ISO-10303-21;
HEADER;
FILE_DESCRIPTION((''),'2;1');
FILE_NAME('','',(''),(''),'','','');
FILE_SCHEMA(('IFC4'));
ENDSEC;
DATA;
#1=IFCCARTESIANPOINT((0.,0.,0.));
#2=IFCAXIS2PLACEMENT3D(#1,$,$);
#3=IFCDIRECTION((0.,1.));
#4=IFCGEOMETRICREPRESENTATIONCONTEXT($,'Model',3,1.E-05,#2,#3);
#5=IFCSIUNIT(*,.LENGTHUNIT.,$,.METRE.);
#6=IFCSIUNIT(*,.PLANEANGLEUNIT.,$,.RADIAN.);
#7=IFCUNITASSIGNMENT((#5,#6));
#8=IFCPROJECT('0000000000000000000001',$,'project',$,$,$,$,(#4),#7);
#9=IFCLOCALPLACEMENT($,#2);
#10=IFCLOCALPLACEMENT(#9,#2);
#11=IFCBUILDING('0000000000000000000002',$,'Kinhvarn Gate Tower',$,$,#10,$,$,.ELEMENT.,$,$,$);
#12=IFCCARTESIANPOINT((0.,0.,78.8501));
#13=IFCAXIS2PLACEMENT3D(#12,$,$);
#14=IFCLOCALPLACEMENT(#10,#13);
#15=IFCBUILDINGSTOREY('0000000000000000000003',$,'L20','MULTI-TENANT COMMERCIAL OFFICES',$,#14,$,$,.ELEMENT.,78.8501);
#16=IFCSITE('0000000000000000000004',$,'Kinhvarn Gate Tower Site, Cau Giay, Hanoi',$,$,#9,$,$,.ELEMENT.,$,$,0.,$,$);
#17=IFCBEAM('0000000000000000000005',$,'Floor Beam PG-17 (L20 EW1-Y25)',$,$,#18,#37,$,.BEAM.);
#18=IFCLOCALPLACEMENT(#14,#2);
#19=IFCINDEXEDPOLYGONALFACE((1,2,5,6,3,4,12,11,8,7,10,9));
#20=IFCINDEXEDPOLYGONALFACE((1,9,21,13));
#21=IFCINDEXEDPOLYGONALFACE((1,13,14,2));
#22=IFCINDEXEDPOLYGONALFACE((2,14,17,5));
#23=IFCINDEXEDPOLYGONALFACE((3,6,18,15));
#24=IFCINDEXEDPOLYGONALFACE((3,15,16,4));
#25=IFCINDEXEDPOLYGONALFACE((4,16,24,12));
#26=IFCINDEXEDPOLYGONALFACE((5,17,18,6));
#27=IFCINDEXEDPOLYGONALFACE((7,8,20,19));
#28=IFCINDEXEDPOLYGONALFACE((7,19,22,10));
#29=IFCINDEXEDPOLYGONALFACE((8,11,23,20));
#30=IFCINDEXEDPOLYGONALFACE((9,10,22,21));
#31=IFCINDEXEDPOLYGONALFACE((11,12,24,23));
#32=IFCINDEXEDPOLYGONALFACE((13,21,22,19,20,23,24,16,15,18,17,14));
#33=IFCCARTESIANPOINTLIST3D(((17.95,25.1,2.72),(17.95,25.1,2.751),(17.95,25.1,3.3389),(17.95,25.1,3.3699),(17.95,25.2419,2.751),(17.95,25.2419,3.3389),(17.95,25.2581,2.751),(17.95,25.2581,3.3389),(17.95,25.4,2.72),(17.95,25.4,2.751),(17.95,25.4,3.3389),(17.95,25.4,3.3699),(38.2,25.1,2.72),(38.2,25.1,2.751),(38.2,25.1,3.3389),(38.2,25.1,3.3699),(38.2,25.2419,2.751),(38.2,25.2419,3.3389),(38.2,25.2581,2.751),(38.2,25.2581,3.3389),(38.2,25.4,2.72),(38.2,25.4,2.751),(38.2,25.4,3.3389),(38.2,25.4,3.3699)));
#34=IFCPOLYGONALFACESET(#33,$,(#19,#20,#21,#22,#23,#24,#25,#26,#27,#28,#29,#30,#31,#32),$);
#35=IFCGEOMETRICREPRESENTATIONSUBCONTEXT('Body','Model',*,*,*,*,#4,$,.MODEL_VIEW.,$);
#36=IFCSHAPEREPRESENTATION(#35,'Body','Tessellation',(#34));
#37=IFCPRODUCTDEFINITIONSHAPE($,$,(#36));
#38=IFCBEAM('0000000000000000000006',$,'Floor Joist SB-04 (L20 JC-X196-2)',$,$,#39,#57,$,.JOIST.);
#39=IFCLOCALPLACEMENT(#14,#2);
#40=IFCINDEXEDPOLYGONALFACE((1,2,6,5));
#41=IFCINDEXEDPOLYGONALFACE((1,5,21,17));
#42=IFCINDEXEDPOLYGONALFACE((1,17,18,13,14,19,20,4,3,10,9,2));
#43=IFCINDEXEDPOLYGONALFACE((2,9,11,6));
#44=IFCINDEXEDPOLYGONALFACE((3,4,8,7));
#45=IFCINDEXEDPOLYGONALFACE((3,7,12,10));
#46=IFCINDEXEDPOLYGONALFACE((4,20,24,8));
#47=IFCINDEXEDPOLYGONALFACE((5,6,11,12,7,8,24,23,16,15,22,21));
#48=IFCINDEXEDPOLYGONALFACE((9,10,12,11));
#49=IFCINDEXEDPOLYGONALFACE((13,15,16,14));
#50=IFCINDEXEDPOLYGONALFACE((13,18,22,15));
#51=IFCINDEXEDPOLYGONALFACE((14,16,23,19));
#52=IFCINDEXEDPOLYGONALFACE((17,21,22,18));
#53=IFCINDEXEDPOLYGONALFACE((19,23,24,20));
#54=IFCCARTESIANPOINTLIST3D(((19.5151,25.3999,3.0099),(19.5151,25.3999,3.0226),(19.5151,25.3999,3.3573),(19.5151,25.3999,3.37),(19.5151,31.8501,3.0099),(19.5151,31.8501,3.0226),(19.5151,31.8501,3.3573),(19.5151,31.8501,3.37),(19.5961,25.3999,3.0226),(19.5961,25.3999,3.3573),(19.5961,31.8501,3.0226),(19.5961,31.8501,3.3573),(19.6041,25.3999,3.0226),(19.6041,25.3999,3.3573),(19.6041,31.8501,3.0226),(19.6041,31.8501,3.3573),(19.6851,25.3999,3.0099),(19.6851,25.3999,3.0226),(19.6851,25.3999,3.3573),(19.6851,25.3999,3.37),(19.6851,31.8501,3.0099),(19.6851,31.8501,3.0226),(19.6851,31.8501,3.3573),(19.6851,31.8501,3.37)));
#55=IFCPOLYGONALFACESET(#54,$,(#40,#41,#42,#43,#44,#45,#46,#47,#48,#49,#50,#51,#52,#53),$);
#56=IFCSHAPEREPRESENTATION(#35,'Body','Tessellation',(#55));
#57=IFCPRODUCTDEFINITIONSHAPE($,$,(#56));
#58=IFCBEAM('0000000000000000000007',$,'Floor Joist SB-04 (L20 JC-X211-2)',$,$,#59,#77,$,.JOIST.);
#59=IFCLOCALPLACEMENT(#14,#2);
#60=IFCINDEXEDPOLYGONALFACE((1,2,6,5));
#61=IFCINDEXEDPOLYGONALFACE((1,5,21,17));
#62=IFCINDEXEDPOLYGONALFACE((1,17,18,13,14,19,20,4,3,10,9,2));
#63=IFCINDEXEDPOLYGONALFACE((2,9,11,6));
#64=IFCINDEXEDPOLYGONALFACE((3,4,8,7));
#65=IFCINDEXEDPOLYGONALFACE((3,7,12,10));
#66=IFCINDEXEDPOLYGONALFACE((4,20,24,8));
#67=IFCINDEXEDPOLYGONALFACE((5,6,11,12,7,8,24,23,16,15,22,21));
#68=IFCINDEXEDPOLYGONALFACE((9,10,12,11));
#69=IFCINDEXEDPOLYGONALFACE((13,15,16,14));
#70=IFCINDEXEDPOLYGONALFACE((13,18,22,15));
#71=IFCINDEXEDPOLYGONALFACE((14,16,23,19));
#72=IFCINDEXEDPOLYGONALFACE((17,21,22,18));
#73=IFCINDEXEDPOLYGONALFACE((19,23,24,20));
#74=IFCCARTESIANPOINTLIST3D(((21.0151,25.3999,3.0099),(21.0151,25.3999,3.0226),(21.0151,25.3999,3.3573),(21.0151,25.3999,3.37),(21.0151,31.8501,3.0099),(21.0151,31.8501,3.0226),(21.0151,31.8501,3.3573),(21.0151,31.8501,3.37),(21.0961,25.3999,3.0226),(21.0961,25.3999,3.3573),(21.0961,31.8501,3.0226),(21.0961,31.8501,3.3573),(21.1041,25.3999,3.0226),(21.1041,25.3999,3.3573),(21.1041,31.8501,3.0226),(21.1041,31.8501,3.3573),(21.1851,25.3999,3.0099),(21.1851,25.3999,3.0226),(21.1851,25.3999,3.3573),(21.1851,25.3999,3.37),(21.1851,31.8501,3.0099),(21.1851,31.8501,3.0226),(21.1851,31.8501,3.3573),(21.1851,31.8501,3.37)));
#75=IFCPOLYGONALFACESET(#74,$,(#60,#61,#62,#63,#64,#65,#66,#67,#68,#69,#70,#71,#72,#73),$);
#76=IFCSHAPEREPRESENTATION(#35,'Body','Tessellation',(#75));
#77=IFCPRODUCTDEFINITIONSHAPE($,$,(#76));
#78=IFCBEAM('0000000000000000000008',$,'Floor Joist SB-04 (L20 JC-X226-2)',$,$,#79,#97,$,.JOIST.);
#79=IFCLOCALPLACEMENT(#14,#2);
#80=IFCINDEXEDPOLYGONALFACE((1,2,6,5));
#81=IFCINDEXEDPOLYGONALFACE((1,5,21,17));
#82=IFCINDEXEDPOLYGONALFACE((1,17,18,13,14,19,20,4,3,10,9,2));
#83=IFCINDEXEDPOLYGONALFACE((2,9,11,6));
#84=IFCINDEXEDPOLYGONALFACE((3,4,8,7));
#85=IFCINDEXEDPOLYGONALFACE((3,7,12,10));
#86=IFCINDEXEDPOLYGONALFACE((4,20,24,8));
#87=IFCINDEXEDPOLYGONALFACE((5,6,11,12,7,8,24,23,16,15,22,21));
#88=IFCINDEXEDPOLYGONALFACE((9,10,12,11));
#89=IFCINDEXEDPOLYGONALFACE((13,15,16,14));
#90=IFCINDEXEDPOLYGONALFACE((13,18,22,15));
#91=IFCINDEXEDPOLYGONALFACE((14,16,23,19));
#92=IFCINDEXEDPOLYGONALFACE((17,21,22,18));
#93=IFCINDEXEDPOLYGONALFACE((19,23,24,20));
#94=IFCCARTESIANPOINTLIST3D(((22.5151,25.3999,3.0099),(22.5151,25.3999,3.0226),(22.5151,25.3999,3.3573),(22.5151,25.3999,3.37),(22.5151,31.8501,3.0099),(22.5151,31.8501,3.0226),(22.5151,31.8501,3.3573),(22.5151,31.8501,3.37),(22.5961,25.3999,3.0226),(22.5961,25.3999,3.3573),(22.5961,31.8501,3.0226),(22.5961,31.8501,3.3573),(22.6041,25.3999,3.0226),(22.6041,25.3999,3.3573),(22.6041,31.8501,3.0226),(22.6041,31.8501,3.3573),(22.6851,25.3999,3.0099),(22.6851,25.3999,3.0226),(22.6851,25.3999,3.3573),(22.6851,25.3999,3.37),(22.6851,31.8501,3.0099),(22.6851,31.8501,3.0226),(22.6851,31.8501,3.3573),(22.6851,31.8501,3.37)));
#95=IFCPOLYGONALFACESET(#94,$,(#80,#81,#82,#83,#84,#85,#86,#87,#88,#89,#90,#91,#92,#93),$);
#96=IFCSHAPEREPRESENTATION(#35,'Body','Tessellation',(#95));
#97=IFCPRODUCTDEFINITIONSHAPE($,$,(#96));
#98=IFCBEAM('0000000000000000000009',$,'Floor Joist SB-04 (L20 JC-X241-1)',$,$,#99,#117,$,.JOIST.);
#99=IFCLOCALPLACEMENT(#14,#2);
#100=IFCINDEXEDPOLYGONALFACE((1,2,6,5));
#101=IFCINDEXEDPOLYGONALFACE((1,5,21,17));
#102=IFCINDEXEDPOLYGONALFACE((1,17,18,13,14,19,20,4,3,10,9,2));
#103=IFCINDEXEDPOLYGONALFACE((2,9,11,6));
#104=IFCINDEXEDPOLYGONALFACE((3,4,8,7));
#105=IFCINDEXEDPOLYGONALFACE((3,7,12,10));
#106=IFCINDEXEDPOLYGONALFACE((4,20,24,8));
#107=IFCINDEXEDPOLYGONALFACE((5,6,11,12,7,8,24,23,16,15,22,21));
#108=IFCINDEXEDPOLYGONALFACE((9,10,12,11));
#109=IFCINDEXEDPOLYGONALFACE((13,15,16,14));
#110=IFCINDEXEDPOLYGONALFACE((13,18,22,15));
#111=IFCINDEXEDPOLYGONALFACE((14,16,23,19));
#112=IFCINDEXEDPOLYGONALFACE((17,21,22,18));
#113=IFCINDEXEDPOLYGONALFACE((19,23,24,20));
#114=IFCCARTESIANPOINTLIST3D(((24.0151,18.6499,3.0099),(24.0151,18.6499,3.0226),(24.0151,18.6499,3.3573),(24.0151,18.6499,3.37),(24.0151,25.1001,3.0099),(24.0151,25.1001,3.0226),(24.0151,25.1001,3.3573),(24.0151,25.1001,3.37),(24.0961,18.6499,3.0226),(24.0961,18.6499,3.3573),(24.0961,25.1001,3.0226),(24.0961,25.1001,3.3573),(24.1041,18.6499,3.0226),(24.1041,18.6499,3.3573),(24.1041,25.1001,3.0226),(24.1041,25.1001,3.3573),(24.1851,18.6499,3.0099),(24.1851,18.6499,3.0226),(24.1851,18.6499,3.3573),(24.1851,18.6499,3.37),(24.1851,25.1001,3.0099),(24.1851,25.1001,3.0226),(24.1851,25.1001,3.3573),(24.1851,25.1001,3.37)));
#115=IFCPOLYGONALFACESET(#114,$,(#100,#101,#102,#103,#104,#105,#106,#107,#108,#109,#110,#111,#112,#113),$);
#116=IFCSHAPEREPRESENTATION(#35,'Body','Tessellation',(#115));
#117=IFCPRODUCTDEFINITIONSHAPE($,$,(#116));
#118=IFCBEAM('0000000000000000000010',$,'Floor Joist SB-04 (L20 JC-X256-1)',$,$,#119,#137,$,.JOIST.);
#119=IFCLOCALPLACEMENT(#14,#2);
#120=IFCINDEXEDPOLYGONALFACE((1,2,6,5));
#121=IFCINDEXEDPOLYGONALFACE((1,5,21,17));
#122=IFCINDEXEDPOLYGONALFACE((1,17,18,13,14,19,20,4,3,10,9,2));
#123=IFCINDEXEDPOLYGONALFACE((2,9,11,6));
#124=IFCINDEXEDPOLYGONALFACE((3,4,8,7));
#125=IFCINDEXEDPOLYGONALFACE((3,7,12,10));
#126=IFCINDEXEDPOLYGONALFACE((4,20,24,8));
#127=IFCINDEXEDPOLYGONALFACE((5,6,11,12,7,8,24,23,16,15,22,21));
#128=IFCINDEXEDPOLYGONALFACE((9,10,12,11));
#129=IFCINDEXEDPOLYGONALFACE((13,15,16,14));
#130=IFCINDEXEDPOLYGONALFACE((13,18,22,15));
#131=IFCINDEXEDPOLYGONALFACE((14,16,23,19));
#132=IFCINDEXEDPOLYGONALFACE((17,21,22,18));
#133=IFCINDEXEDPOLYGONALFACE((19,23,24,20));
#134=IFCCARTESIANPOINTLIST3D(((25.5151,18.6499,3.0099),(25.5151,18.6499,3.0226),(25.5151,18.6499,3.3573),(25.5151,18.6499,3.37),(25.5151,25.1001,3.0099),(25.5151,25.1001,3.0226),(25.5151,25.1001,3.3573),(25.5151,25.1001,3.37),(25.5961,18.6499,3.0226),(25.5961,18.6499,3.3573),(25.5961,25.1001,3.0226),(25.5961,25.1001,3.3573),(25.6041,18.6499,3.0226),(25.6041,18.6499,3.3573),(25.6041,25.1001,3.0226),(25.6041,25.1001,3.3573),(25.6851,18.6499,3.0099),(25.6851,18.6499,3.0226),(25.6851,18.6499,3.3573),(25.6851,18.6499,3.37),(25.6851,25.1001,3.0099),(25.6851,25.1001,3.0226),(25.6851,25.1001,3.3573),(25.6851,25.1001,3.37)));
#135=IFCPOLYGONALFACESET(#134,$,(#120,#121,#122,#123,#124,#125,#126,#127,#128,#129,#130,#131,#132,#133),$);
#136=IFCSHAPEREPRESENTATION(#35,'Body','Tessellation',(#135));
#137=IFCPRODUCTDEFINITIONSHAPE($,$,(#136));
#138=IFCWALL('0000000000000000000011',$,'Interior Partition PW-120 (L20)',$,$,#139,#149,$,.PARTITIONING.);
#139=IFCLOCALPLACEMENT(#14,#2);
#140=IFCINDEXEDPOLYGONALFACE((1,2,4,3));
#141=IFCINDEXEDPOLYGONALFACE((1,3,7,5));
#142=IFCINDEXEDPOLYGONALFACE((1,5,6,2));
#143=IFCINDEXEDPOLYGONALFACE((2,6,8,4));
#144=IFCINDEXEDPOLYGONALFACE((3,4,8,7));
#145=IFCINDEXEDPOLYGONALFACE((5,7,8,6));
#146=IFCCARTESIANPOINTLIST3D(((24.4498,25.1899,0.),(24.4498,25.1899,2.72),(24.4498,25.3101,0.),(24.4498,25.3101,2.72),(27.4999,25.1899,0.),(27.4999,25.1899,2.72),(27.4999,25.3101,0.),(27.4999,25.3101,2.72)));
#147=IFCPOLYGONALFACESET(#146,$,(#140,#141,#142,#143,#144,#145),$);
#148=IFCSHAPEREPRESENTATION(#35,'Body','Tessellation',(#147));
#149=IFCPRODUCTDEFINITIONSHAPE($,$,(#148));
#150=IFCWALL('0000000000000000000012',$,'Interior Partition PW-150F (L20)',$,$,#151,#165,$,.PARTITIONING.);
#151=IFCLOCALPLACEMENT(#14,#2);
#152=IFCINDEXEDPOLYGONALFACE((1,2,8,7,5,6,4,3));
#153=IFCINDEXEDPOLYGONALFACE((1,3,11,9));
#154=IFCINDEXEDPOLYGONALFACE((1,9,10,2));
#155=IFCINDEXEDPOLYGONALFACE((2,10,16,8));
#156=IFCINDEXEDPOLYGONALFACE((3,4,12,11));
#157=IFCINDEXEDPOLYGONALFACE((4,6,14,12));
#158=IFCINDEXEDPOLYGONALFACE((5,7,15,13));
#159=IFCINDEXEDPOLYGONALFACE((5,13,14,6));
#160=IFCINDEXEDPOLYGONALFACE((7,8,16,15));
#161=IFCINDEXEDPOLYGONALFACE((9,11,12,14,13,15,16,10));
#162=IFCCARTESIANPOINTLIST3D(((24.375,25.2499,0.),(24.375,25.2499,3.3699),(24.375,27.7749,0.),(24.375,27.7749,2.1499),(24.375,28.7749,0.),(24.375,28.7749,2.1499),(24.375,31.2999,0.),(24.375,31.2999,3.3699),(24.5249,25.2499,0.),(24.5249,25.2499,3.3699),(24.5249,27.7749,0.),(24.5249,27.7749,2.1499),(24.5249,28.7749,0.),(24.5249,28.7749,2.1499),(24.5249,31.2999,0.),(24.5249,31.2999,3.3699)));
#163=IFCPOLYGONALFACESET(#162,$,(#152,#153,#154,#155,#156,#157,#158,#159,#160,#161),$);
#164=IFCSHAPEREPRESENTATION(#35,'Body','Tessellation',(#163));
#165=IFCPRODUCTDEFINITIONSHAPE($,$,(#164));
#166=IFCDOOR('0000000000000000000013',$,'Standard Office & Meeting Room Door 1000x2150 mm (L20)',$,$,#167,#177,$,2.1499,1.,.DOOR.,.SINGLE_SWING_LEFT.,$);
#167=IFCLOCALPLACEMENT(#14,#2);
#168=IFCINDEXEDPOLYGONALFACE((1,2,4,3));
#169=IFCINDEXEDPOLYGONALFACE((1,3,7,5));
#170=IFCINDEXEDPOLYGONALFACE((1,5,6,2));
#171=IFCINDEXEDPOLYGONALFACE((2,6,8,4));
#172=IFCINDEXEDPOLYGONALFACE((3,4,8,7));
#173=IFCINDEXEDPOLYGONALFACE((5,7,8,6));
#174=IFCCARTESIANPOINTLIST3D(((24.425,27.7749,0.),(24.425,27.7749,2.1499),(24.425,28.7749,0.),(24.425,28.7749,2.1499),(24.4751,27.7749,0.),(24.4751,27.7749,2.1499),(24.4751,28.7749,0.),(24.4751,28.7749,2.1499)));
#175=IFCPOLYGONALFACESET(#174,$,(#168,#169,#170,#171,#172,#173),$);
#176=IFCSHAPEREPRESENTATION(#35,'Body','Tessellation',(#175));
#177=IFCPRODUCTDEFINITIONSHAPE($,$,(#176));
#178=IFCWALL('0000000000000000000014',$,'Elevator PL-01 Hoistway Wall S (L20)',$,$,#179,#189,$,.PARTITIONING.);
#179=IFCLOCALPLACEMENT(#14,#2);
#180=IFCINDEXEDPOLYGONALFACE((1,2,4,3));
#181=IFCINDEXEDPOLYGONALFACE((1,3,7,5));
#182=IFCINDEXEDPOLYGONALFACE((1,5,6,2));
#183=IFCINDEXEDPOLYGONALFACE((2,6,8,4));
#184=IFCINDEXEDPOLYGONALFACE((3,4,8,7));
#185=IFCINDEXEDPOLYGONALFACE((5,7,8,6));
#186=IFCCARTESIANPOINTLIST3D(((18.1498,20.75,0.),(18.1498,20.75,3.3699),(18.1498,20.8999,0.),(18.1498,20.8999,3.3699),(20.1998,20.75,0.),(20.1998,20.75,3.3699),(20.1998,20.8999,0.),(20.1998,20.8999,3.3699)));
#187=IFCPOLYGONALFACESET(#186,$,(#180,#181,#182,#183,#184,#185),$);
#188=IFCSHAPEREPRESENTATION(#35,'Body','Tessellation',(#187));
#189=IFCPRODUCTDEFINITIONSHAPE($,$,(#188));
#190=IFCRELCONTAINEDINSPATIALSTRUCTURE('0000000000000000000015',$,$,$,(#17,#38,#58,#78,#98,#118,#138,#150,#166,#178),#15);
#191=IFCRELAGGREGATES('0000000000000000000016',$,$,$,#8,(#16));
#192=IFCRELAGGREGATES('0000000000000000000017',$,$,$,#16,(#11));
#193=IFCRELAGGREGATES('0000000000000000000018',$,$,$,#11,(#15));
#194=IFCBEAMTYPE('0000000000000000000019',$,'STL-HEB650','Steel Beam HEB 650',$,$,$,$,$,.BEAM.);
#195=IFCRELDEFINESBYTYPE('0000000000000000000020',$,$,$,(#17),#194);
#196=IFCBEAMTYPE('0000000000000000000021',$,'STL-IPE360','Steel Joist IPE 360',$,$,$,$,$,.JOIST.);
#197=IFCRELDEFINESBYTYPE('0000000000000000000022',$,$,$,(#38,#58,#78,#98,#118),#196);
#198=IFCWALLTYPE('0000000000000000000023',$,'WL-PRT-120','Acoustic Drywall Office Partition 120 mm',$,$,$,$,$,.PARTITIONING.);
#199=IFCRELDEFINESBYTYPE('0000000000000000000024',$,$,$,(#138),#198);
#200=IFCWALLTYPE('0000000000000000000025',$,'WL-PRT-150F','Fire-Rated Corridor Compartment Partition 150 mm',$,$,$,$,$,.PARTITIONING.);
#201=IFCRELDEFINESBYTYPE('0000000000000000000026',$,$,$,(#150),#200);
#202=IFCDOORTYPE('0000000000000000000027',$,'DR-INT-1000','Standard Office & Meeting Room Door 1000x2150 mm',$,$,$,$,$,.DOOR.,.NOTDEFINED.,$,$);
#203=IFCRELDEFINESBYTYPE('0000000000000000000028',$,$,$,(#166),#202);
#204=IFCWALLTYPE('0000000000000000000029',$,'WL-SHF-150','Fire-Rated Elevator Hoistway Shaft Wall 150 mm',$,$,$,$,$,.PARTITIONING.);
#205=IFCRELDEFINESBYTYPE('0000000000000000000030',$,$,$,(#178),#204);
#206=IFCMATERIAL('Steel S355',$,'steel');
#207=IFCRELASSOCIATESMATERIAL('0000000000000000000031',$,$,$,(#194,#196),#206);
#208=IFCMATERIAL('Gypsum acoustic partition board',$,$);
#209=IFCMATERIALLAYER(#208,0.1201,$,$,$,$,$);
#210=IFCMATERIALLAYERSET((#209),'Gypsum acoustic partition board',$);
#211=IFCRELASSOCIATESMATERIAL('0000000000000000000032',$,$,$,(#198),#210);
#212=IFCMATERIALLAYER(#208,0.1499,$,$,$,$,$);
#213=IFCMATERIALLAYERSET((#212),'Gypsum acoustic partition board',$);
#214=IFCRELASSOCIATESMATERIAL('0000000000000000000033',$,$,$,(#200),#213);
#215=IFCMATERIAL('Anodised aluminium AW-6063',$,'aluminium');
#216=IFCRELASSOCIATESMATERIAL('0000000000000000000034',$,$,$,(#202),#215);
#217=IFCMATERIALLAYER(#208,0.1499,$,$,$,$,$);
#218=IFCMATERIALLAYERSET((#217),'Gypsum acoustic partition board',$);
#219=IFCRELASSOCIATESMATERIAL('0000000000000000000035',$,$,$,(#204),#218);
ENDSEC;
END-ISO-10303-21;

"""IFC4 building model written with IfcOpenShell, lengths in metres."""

from ifc_helpers import new_model, si_unit, direction, frame, frame_2d, origin, origin_2d, place, context, subcontext, project, spatial, rectangle, i_section, extrude, material, layer, layer_set, material_profile, profile_set, type_object, element, fill, save


model = new_model("IFC4")

# Units and contexts
model_context = context("Model", 3, precision=1e-05, world=origin(), true_north=direction((0.0, 1.0)))
body_context = subcontext(model_context, "Body", "Model", "MODEL_VIEW")
ifc_project = project(units=[si_unit("LENGTHUNIT", "METRE"), si_unit("PLANEANGLEUNIT", "RADIAN")], contexts=[model_context])

# Site, building, storey
site_placement = place(None, origin())
site = spatial("IfcSite", under=ifc_project, at=site_placement, Name="Kinhvarn Gate Tower Site, Cau Giay, Hanoi", CompositionType="ELEMENT", RefElevation=0.0)
building_placement = place(site_placement, origin())
building = spatial("IfcBuilding", under=site, at=building_placement, Name="Kinhvarn Gate Tower", CompositionType="ELEMENT")
storey_placement = place(building_placement, frame((0.0, 0.0, 78.8501)))
storey = spatial("IfcBuildingStorey", under=building, at=storey_placement, Name="L20", Description="MULTI-TENANT COMMERCIAL OFFICES", CompositionType="ELEMENT", Elevation=78.8501)

# Beams
ifc_material_1 = material(Name="Steel S355", Category="steel")
ifc_material_profile_1 = material_profile(ifc_material_1, i_section(OverallWidth=0.3, OverallDepth=0.6499, WebThickness=0.0161, FlangeThickness=0.031, at=origin_2d()), Name="HEB 650")
ifc_profile_set_1 = profile_set([ifc_material_profile_1], Name="Steel S355")
beam_type_1 = type_object("IfcBeamType", Name="STL-HEB650", Description="Steel Beam HEB 650", PredefinedType="BEAM", material=ifc_profile_set_1)
beam_placement = place(storey_placement, frame((17.95, 25.25, 3.0449), z_axis=(1.0, 0.0, 0.0), x_axis=(0.0, 1.0, 0.0)))
element("IfcBeam", 1, at=beam_placement, inside=storey, type_object=beam_type_1, Name="Floor Beam PG-17 (L20 EW1-Y25)", PredefinedType="BEAM", context=body_context, shape_type="SweptSolid", body=[
    extrude(i_section(OverallWidth=0.3, OverallDepth=0.6499, WebThickness=0.0161, FlangeThickness=0.031, at=origin_2d()), origin(), (0.0, 0.0, 1.0), 20.25),
])
ifc_material_profile_2 = material_profile(ifc_material_1, i_section(OverallWidth=0.1699, OverallDepth=0.3601, WebThickness=0.0081, FlangeThickness=0.0127, at=origin_2d()), Name="IPE 360")
ifc_profile_set_2 = profile_set([ifc_material_profile_2], Name="Steel S355")
beam_type_2 = type_object("IfcBeamType", Name="STL-IPE360", Description="Steel Joist IPE 360", PredefinedType="JOIST", material=ifc_profile_set_2)
for number, where, z_axis, x_axis, name in (
    (2, (19.6001, 25.3999, 3.1899), (0.0, 1.0, 0.0), (-1.0, 0.0, 0.0), "Floor Joist SB-04 (L20 JC-X196-2)"),
    (3, (21.1001, 25.3999, 3.1899), (0.0, 1.0, 0.0), (-1.0, 0.0, 0.0), "Floor Joist SB-04 (L20 JC-X211-2)"),
    (4, (22.6001, 25.3999, 3.1899), (0.0, 1.0, 0.0), (-1.0, 0.0, 0.0), "Floor Joist SB-04 (L20 JC-X226-2)"),
    (5, (24.1001, 18.6499, 3.1899), (0.0, 1.0, 0.0), (-1.0, 0.0, 0.0), "Floor Joist SB-04 (L20 JC-X241-1)"),
    (6, (25.6001, 18.6499, 3.1899), (0.0, 1.0, 0.0), (-1.0, 0.0, 0.0), "Floor Joist SB-04 (L20 JC-X256-1)"),
):
    element("IfcBeam", number, at=place(storey_placement, frame(where, z_axis=z_axis, x_axis=x_axis)), inside=storey, type_object=beam_type_2, Name=name, PredefinedType="JOIST", context=body_context, shape_type="SweptSolid", body=[
        extrude(i_section(OverallWidth=0.1699, OverallDepth=0.3601, WebThickness=0.0081, FlangeThickness=0.0127, at=origin_2d()), origin(), (0.0, 0.0, 1.0), 6.4502),
    ])

# Wall
ifc_material_2 = material(Name="Gypsum acoustic partition board")
ifc_layer_1 = layer(ifc_material_2, 0.1201)
ifc_layer_set_1 = layer_set([ifc_layer_1], Name="Gypsum acoustic partition board")
wall_type_1 = type_object("IfcWallType", Name="WL-PRT-120", Description="Acoustic Drywall Office Partition 120 mm", PredefinedType="PARTITIONING", material=ifc_layer_set_1)
wall_1_placement = place(storey_placement, frame((24.45, 25.25, 0.0), z_axis=(0.0, 0.0, 1.0), x_axis=(1.0, 0.0, 0.0)))
element("IfcWall", 7, at=wall_1_placement, inside=storey, type_object=wall_type_1, Name="Interior Partition PW-120 (L20)", PredefinedType="PARTITIONING", context=body_context, shape_type="SweptSolid", body=[
    extrude(rectangle(XDim=3.05, YDim=0.1201, at=frame_2d((1.5249, 0.0))), origin(), (0.0, 0.0, 1.0), 2.72),
])

# Wall, opening, door
ifc_layer_2 = layer(ifc_material_2, 0.1499)
ifc_layer_set_2 = layer_set([ifc_layer_2], Name="Gypsum acoustic partition board")
wall_type_2 = type_object("IfcWallType", Name="WL-PRT-150F", Description="Fire-Rated Corridor Compartment Partition 150 mm", PredefinedType="PARTITIONING", material=ifc_layer_set_2)
wall_2_placement = place(storey_placement, frame((24.45, 25.25, 0.0), z_axis=(0.0, 0.0, 1.0), x_axis=(0.0, 1.0, 0.0)))
wall_2 = element("IfcWall", 8, at=wall_2_placement, inside=storey, type_object=wall_type_2, Name="Interior Partition PW-150F (L20)", PredefinedType="PARTITIONING", context=body_context, shape_type="SweptSolid", body=[
    extrude(rectangle(XDim=6.05, YDim=0.1499, at=frame_2d((3.0249, 0.0))), origin(), (0.0, 0.0, 1.0), 3.3699),
])
opening_1_placement = place(wall_2_placement, frame((2.5249, 0.0, 0.0)))
opening_1 = element("IfcOpeningElement", 9, at=opening_1_placement, cuts=wall_2, PredefinedType="OPENING", context=body_context, shape_type="SweptSolid", body=[
    extrude(rectangle(XDim=1.0, YDim=2.1499, at=frame_2d((0.5, 1.075))), frame((0.0, 0.085, 0.0), z_axis=(0.0, -1.0, 0.0), x_axis=(1.0, 0.0, 0.0)), (0.0, 0.0, 1.0), 0.1699),
])
ifc_material_3 = material(Name="Anodised aluminium AW-6063", Category="aluminium")
door_type_1 = type_object("IfcDoorType", Name="DR-INT-1000", Description="Standard Office & Meeting Room Door 1000x2150 mm", OperationType="NOTDEFINED", PredefinedType="DOOR", material=ifc_material_3)
door_1_placement = place(opening_1_placement, origin())
door_1 = element("IfcDoor", 10, at=door_1_placement, inside=storey, type_object=door_type_1, Name="Standard Office & Meeting Room Door 1000x2150 mm (L20)", OperationType="SINGLE_SWING_LEFT", OverallHeight=2.1499, OverallWidth=1.0, PredefinedType="DOOR", context=body_context, shape_type="SweptSolid", body=[
    extrude(rectangle(XDim=1.0, YDim=2.1499, at=frame_2d((0.5, 1.075))), frame((0.0, 0.0249, 0.0), z_axis=(0.0, -1.0, 0.0), x_axis=(1.0, 0.0, 0.0)), (0.0, 0.0, 1.0), 0.05),
])
fill(opening_1, door_1)

# Wall
ifc_layer_3 = layer(ifc_material_2, 0.1499)
ifc_layer_set_3 = layer_set([ifc_layer_3], Name="Gypsum acoustic partition board")
wall_type_3 = type_object("IfcWallType", Name="WL-SHF-150", Description="Fire-Rated Elevator Hoistway Shaft Wall 150 mm", PredefinedType="PARTITIONING", material=ifc_layer_set_3)
wall_3_placement = place(storey_placement, frame((18.1499, 20.825, 0.0), z_axis=(0.0, 0.0, 1.0), x_axis=(1.0, 0.0, 0.0)))
element("IfcWall", 11, at=wall_3_placement, inside=storey, type_object=wall_type_3, Name="Elevator PL-01 Hoistway Wall S (L20)", PredefinedType="PARTITIONING", context=body_context, shape_type="SweptSolid", body=[
    extrude(rectangle(XDim=2.05, YDim=0.1499, at=frame_2d((1.0249, 0.0))), origin(), (0.0, 0.0, 1.0), 3.3699),
])

save(model, "model.ifc")
